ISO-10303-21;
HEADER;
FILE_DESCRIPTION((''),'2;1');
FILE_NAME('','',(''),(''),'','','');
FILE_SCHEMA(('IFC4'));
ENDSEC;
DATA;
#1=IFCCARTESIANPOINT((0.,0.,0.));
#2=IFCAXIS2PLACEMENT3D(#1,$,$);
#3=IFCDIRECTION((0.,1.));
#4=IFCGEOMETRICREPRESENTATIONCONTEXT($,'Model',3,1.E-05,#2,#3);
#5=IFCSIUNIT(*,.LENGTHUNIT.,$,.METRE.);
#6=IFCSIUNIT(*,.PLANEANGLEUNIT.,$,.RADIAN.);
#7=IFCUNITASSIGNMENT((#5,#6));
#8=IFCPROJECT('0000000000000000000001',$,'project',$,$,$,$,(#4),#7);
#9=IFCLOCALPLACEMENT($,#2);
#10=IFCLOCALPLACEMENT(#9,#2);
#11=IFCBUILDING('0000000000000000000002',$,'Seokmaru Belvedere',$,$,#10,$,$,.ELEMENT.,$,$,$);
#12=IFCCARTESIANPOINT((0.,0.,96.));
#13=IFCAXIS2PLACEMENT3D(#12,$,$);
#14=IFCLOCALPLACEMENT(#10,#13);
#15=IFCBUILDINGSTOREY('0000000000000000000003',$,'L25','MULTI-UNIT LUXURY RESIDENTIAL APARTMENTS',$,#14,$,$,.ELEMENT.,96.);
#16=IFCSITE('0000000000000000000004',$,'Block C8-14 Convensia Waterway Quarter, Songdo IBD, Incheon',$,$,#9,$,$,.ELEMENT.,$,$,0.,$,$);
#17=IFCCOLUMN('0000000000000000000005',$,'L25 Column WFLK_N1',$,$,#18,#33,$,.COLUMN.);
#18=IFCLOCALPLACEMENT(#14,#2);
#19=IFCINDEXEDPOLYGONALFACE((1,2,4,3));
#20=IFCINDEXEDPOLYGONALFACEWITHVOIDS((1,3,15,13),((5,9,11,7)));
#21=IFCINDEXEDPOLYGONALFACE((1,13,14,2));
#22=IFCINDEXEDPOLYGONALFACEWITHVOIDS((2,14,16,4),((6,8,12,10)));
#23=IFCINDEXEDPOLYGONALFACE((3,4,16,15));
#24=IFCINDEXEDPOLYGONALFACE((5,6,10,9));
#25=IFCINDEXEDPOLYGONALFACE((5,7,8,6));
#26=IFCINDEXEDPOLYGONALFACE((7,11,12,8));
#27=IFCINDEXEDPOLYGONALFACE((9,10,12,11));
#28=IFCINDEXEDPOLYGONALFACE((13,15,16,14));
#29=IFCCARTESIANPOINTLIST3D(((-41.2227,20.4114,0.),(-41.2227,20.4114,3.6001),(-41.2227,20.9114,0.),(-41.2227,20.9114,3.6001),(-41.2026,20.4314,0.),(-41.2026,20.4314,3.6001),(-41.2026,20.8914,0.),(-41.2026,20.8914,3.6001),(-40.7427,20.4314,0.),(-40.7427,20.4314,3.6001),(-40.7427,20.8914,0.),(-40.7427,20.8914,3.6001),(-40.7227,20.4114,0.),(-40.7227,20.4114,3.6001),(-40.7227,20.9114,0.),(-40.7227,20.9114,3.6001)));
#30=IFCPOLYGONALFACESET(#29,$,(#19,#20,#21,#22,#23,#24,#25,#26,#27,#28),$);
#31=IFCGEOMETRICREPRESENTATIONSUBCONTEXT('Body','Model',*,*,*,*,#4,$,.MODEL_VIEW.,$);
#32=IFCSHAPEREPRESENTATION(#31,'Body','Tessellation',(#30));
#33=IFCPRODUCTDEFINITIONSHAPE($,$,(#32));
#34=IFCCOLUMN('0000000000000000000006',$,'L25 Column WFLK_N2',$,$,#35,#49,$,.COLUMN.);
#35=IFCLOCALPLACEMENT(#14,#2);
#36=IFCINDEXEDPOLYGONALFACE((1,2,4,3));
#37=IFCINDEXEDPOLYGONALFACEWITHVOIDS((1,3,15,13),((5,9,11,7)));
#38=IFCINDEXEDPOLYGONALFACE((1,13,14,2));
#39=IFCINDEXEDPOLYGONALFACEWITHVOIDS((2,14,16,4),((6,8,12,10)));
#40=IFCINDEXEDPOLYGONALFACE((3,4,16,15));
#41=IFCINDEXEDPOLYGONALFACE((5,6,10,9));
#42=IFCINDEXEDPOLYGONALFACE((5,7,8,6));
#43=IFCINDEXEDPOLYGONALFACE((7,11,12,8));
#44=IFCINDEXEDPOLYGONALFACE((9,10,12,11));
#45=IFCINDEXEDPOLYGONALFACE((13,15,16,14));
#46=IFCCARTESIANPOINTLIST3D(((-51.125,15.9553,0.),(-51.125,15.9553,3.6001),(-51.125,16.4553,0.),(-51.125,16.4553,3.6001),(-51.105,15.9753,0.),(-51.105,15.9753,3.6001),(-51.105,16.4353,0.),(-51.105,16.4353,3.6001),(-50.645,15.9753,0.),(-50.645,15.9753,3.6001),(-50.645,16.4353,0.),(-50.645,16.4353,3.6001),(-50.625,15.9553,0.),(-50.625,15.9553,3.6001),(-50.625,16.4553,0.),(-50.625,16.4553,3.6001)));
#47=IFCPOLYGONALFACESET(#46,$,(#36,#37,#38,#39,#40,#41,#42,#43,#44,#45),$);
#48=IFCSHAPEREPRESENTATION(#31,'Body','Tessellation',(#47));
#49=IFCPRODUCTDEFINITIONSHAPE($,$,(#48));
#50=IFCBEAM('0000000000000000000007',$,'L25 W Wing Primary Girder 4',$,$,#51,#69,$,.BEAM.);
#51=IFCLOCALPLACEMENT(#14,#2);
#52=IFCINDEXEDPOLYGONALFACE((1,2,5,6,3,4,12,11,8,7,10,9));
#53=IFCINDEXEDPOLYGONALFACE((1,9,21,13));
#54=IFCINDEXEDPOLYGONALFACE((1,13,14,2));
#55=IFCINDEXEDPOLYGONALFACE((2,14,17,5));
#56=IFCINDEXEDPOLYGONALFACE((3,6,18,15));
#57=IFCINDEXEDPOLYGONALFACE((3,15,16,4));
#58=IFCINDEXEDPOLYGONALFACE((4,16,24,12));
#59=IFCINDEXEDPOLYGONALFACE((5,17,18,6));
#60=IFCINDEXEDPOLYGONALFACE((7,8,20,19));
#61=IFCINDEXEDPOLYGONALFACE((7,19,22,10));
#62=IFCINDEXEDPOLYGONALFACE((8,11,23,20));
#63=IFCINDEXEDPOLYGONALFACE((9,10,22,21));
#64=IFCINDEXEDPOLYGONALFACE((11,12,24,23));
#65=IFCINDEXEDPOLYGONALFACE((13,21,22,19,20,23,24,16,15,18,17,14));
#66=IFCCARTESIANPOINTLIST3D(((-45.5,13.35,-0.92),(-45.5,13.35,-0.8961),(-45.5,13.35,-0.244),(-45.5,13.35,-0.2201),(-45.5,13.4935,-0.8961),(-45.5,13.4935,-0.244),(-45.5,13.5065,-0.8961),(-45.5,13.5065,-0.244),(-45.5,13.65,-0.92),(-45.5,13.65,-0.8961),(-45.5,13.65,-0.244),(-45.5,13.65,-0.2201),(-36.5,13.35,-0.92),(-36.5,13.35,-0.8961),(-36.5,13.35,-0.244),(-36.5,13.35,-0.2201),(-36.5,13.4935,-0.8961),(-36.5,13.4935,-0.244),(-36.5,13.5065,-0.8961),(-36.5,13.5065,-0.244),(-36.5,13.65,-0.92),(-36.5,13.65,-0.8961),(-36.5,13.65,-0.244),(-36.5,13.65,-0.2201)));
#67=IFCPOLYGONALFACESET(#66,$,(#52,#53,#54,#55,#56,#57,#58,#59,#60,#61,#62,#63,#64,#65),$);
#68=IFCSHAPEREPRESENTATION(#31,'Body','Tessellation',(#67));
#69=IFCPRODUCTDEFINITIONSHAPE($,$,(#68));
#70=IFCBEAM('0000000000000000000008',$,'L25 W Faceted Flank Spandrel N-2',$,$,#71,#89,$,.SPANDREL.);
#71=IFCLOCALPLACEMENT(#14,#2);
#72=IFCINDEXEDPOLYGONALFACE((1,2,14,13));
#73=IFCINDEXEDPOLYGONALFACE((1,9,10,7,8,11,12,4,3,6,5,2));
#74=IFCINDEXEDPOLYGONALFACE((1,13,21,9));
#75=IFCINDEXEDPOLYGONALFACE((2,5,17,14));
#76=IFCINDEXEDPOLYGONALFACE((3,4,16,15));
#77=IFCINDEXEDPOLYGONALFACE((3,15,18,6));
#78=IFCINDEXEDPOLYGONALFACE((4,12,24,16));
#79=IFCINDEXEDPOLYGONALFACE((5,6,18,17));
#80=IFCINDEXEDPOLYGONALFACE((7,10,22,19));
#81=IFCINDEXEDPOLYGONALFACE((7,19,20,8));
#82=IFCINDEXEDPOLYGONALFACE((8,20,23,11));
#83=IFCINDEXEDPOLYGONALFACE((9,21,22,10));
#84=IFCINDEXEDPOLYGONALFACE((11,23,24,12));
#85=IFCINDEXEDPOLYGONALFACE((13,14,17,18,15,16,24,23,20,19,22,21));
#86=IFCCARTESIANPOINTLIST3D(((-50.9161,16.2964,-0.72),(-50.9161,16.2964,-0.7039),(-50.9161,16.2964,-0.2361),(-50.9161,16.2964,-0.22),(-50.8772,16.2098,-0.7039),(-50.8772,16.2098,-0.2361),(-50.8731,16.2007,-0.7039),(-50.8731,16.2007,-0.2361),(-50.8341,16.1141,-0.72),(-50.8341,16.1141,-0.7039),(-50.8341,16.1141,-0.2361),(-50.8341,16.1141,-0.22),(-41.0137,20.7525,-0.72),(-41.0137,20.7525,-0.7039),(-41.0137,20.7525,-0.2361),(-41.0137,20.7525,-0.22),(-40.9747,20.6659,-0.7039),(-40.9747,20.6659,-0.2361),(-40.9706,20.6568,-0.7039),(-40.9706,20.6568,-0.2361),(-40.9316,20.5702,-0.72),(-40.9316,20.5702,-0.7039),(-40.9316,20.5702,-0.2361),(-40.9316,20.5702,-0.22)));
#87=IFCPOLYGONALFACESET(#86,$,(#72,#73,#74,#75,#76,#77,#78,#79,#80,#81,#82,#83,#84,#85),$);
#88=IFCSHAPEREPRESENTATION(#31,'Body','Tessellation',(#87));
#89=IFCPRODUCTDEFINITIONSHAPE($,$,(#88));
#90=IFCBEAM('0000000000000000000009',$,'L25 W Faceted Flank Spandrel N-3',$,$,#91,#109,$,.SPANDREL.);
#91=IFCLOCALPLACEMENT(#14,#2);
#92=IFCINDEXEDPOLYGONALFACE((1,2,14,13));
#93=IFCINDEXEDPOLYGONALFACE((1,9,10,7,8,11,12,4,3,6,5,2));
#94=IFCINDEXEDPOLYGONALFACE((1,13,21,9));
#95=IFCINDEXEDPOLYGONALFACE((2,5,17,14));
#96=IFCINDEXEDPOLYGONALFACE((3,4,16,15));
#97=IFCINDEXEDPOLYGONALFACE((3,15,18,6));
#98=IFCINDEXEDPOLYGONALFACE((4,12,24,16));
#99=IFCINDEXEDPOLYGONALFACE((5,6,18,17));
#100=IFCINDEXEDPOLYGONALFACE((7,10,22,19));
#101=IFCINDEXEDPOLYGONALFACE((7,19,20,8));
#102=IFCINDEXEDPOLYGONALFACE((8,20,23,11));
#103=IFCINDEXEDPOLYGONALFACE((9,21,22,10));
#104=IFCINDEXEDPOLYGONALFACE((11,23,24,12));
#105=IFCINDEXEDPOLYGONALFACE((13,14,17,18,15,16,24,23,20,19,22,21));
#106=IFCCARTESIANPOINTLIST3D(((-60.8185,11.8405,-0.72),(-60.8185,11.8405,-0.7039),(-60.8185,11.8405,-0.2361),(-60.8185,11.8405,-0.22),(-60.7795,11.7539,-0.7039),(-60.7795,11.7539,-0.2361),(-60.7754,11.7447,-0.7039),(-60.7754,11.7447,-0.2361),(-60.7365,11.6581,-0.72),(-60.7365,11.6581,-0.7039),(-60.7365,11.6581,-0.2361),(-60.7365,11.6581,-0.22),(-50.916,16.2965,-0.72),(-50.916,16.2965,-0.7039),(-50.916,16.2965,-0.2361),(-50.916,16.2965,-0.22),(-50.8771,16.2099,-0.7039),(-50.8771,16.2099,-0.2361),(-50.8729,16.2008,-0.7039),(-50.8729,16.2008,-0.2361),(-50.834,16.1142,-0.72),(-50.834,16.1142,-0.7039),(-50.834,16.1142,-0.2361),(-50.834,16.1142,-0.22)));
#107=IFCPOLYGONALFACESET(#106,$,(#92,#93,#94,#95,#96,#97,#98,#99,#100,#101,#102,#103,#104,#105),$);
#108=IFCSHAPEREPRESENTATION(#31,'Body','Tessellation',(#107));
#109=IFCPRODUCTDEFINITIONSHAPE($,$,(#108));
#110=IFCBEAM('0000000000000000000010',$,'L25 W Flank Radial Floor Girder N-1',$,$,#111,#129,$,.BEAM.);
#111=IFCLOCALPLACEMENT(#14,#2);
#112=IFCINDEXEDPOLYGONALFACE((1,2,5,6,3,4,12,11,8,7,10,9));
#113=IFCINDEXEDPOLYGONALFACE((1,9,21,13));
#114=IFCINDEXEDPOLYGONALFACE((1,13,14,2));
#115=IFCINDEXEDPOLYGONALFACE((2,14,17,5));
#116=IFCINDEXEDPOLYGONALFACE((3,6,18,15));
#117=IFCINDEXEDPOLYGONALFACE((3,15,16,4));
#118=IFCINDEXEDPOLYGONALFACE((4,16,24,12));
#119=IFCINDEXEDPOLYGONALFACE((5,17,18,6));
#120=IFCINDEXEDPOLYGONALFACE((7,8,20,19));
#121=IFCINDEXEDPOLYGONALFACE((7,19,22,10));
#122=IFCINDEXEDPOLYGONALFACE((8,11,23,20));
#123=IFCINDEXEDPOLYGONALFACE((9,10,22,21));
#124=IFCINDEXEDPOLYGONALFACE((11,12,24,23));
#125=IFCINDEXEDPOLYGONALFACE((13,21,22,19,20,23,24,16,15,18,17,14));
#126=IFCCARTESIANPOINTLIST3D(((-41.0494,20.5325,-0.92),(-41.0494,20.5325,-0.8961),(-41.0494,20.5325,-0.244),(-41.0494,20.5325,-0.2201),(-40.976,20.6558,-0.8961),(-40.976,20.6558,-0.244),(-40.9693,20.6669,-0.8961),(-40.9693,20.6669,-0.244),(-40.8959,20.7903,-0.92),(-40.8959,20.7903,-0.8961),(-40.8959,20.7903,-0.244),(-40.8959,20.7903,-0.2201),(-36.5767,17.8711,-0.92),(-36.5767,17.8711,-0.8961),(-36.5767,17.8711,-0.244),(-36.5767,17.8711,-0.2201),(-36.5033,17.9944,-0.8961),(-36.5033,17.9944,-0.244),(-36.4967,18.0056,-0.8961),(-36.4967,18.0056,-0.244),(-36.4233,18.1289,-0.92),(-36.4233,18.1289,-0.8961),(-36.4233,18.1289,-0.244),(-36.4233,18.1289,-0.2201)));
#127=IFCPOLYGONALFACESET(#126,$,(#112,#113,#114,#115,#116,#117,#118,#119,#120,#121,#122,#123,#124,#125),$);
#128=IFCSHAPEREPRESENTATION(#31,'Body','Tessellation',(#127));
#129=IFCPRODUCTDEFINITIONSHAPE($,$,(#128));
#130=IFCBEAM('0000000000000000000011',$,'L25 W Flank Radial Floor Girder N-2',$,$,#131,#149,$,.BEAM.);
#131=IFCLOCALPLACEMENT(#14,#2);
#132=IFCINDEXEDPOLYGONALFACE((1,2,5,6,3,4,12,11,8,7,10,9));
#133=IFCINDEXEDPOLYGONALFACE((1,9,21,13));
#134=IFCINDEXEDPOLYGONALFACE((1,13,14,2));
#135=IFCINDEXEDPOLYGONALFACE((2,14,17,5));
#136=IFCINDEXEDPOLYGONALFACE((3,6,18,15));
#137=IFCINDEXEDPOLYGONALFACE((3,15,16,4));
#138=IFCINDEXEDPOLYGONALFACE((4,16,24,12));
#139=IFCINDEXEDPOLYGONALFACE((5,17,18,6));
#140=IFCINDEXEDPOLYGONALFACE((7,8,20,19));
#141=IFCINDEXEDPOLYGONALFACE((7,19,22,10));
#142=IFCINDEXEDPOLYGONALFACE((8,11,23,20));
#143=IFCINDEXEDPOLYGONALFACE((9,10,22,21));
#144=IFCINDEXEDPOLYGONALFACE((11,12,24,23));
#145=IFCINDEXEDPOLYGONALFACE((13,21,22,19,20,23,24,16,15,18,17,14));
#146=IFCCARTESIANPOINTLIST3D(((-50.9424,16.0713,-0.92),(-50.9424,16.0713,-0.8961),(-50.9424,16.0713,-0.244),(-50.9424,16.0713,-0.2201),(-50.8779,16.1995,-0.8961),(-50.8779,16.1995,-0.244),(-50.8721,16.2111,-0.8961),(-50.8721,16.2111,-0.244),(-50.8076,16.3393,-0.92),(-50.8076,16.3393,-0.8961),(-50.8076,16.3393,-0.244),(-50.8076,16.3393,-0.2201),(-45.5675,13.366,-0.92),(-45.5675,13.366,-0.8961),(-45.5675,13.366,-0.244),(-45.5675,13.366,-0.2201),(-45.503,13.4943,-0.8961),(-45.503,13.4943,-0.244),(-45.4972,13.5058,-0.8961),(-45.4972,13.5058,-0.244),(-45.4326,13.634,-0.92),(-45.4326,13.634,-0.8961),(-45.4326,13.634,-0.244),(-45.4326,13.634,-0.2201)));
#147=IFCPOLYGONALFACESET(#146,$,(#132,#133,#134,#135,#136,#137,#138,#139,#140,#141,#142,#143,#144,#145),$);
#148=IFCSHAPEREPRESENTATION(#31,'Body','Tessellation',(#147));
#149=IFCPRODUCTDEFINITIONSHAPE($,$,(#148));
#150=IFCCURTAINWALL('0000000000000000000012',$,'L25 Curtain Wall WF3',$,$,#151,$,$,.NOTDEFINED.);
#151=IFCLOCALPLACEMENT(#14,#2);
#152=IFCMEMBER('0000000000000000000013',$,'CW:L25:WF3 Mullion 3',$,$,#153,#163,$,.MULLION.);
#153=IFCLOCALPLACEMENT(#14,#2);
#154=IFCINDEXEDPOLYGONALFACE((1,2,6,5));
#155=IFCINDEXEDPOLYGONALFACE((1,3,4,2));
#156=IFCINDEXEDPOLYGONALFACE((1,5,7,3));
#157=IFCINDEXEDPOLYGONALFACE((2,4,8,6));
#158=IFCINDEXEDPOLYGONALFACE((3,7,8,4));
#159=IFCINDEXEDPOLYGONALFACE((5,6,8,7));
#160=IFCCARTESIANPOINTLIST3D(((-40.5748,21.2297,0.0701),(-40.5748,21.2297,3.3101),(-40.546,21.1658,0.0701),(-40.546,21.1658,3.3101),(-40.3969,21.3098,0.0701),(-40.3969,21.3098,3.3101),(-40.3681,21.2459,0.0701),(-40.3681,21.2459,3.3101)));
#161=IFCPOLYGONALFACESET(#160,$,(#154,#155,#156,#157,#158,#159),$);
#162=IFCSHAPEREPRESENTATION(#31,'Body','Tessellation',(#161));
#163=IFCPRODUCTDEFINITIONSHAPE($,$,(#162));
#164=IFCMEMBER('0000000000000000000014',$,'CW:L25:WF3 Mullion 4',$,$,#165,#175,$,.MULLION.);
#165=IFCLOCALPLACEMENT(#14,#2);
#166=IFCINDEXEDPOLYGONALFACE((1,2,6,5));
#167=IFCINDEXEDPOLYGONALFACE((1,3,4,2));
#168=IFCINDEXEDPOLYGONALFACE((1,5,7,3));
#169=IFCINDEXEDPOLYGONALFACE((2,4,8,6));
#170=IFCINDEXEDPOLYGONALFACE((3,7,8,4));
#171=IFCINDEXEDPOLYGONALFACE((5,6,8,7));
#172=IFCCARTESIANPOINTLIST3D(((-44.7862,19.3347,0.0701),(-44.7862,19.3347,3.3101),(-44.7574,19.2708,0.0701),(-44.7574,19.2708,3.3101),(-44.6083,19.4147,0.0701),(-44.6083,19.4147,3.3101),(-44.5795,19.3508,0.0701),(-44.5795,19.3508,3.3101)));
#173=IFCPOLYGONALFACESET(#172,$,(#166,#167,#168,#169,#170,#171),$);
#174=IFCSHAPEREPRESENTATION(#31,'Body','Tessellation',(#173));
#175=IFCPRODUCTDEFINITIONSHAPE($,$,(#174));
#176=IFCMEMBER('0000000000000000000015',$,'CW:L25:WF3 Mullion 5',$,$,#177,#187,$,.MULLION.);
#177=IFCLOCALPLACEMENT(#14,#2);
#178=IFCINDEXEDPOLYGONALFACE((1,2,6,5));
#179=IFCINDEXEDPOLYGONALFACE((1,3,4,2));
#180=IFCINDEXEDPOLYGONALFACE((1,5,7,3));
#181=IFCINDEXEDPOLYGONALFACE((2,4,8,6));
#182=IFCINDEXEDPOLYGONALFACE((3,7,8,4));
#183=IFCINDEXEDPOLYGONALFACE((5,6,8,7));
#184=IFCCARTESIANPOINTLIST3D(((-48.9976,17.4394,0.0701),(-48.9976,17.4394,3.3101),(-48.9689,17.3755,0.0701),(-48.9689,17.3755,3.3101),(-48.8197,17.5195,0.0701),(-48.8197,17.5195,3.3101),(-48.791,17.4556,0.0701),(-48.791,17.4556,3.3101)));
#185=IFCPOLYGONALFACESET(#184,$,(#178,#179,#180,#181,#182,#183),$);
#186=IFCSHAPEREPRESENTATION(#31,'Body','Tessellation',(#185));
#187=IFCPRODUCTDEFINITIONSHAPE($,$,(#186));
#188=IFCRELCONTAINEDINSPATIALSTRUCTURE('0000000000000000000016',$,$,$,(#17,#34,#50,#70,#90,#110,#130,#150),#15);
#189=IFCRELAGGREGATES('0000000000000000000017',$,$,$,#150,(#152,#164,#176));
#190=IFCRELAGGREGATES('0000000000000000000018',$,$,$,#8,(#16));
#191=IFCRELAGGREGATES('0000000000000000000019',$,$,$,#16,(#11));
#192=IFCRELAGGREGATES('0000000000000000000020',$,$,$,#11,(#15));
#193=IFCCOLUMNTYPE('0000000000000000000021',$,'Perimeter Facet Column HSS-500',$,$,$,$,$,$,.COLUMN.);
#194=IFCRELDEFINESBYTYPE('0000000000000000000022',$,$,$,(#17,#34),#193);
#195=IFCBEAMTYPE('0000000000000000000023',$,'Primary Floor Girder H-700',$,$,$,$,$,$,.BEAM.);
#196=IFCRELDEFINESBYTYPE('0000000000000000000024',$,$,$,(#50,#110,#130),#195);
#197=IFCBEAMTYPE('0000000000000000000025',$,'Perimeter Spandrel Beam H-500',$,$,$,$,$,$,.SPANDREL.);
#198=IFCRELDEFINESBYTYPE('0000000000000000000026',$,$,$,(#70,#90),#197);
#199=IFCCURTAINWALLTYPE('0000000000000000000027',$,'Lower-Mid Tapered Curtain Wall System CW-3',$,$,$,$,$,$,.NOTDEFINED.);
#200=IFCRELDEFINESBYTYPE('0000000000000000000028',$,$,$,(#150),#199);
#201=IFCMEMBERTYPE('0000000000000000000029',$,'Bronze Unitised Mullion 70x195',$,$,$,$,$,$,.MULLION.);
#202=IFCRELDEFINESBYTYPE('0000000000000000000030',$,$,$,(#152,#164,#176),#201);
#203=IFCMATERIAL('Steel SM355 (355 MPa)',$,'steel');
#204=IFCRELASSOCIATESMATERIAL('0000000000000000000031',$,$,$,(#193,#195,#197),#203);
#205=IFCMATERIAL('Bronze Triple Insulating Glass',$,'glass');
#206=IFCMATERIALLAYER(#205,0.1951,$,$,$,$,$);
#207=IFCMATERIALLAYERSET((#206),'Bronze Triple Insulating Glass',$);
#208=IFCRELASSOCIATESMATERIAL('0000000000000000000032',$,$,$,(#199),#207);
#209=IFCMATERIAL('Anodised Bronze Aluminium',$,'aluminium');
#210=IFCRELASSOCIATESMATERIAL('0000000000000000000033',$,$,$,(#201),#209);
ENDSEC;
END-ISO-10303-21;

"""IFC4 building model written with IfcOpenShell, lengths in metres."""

from ifc_helpers import new_model, si_unit, direction, frame, origin, origin_2d, place, context, subcontext, project, spatial, rectangle, hollow_rectangle, i_section, extrude, source, transform, mapped, material, layer, layer_set, material_profile, profile_set, type_object, type_shapes, element, aggregate, save


model = new_model("IFC4")

# Units and contexts
model_context = context("Model", 3, precision=1e-05, world=origin(), true_north=direction((0.0, 1.0)))
body_context = subcontext(model_context, "Body", "Model", "MODEL_VIEW")
ifc_project = project(units=[si_unit("LENGTHUNIT", "METRE"), si_unit("PLANEANGLEUNIT", "RADIAN")], contexts=[model_context])

# Site, building, storey
site_placement = place(None, origin())
site = spatial("IfcSite", under=ifc_project, at=site_placement, Name="Block C8-14 Convensia Waterway Quarter, Songdo IBD, Incheon", CompositionType="ELEMENT", RefElevation=0.0)
building_placement = place(site_placement, origin())
building = spatial("IfcBuilding", under=site, at=building_placement, Name="Seokmaru Belvedere", CompositionType="ELEMENT")
storey_placement = place(building_placement, frame((0.0, 0.0, 96.0)))
storey = spatial("IfcBuildingStorey", under=building, at=storey_placement, Name="L25", Description="MULTI-UNIT LUXURY RESIDENTIAL APARTMENTS", CompositionType="ELEMENT", Elevation=96.0)

# Columns
ifc_material_1 = material(Name="Steel SM355 (355 MPa)", Category="steel")
ifc_material_profile_1 = material_profile(ifc_material_1, hollow_rectangle(XDim=0.5, YDim=0.5, WallThickness=0.02, at=origin_2d()), Name="HSS-500x500x20")
ifc_profile_set_1 = profile_set([ifc_material_profile_1], Name="Steel SM355 (355 MPa)")
column_type = type_object("IfcColumnType", Name="Perimeter Facet Column HSS-500", PredefinedType="COLUMN", material=ifc_profile_set_1)
shared_shape_1 = source(origin(), body_context, "Body", "SweptSolid", [
    extrude(hollow_rectangle(XDim=0.5, YDim=0.5, WallThickness=0.02, at=origin_2d()), origin(), (0.0, 0.0, 1.0), 3.6001),
])
type_shapes(column_type, [shared_shape_1])
for number, where, z_axis, x_axis, name in (
    (1, (-40.9727, 20.6614, 0.0), (0.0, 0.0, 1.0), (1.0, 0.0, 0.0), "L25 Column WFLK_N1"),
    (2, (-50.875, 16.2053, 0.0), (0.0, 0.0, 1.0), (1.0, 0.0, 0.0), "L25 Column WFLK_N2"),
):
    element("IfcColumn", number, at=place(storey_placement, frame(where, z_axis=z_axis, x_axis=x_axis)), inside=storey, type_object=column_type, Name=name, PredefinedType="COLUMN", context=body_context, shape_type="MappedRepresentation", body=[
        mapped(shared_shape_1, transform((0.0, 0.0, 0.0), scale=1.0)),
    ])

# Beams
ifc_material_profile_2 = material_profile(ifc_material_1, i_section(OverallWidth=0.3, OverallDepth=0.7, WebThickness=0.0129, FlangeThickness=0.0239, at=origin_2d()), Name="H-700x300x13x24")
ifc_profile_set_2 = profile_set([ifc_material_profile_2], Name="Steel SM355 (355 MPa)")
beam_type_1 = type_object("IfcBeamType", Name="Primary Floor Girder H-700", PredefinedType="BEAM", material=ifc_profile_set_2)
shared_shape_2 = source(origin(), body_context, "Body", "SweptSolid", [
    extrude(i_section(OverallWidth=0.3, OverallDepth=0.7, WebThickness=0.0129, FlangeThickness=0.0239, at=origin_2d()), origin(), (0.0, 0.0, 1.0), 9.0),
])
beam_1_placement = place(storey_placement, frame((-45.5, 13.5, -0.5701), z_axis=(1.0, 0.0, 0.0), x_axis=(0.0, 1.0, 0.0)))
element("IfcBeam", 3, at=beam_1_placement, inside=storey, type_object=beam_type_1, Name="L25 W Wing Primary Girder 4", PredefinedType="BEAM", context=body_context, shape_type="MappedRepresentation", body=[
    mapped(shared_shape_2, transform((0.0, 0.0, 0.0), scale=1.0)),
])
ifc_material_profile_3 = material_profile(ifc_material_1, i_section(OverallWidth=0.2, OverallDepth=0.5, WebThickness=0.01, FlangeThickness=0.0161, at=origin_2d()), Name="H-500x200x10x16")
ifc_profile_set_3 = profile_set([ifc_material_profile_3], Name="Steel SM355 (355 MPa)")
beam_type_2 = type_object("IfcBeamType", Name="Perimeter Spandrel Beam H-500", PredefinedType="SPANDREL", material=ifc_profile_set_3)
shared_shape_3 = source(origin(), body_context, "Body", "SweptSolid", [
    extrude(i_section(OverallWidth=0.2, OverallDepth=0.5, WebThickness=0.01, FlangeThickness=0.0161, at=origin_2d()), origin(), (0.0, 0.0, 1.0), 10.8589),
])
type_shapes(beam_type_2, [shared_shape_3])
for number, where, z_axis, x_axis, name in (
    (4, (-40.9727, 20.6614, -0.47), (-0.911922, -0.410365, 0.0), (0.410365, -0.911922, 0.0), "L25 W Faceted Flank Spandrel N-2"),
    (5, (-50.875, 16.2053, -0.47), (-0.911925, -0.410356, 0.0), (0.410356, -0.911925, 0.0), "L25 W Faceted Flank Spandrel N-3"),
):
    element("IfcBeam", number, at=place(storey_placement, frame(where, z_axis=z_axis, x_axis=x_axis)), inside=storey, type_object=beam_type_2, Name=name, PredefinedType="SPANDREL", context=body_context, shape_type="MappedRepresentation", body=[
        mapped(shared_shape_3, transform((0.0, 0.0, 0.0), scale=1.0)),
    ])
shared_shape_4 = source(origin(), body_context, "Body", "SweptSolid", [
    extrude(i_section(OverallWidth=0.3, OverallDepth=0.7, WebThickness=0.0129, FlangeThickness=0.0239, at=origin_2d()), origin(), (0.0, 0.0, 1.0), 5.2046),
])
beam_2_placement = place(storey_placement, frame((-40.9727, 20.6614, -0.5701), z_axis=(0.85937, -0.511354, 0.0), x_axis=(0.511354, 0.85937, 0.0)))
element("IfcBeam", 6, at=beam_2_placement, inside=storey, type_object=beam_type_1, Name="L25 W Flank Radial Floor Girder N-1", PredefinedType="BEAM", context=body_context, shape_type="MappedRepresentation", body=[
    mapped(shared_shape_4, transform((0.0, 0.0, 0.0), scale=1.0)),
])
shared_shape_5 = source(origin(), body_context, "Body", "SweptSolid", [
    extrude(i_section(OverallWidth=0.3, OverallDepth=0.7, WebThickness=0.0129, FlangeThickness=0.0239, at=origin_2d()), origin(), (0.0, 0.0, 1.0), 6.0173),
])
type_shapes(beam_type_1, [shared_shape_2, shared_shape_4, shared_shape_5])
beam_3_placement = place(storey_placement, frame((-50.875, 16.2053, -0.5701), z_axis=(0.893239, -0.449581, 0.0), x_axis=(0.449581, 0.893239, 0.0)))
element("IfcBeam", 7, at=beam_3_placement, inside=storey, type_object=beam_type_1, Name="L25 W Flank Radial Floor Girder N-2", PredefinedType="BEAM", context=body_context, shape_type="MappedRepresentation", body=[
    mapped(shared_shape_5, transform((0.0, 0.0, 0.0), scale=1.0)),
])

# Curtain wall, members
ifc_material_2 = material(Name="Bronze Triple Insulating Glass", Category="glass")
ifc_layer_1 = layer(ifc_material_2, 0.1951)
ifc_layer_set_1 = layer_set([ifc_layer_1], Name="Bronze Triple Insulating Glass")
curtain_wall_type = type_object("IfcCurtainWallType", Name="Lower-Mid Tapered Curtain Wall System CW-3", PredefinedType="NOTDEFINED", material=ifc_layer_set_1)
curtain_wall_placement = place(storey_placement, origin())
curtain_wall = element("IfcCurtainWall", 8, at=curtain_wall_placement, inside=storey, type_object=curtain_wall_type, Name="L25 Curtain Wall WF3", PredefinedType="NOTDEFINED")
ifc_material_3 = material(Name="Anodised Bronze Aluminium", Category="aluminium")
ifc_material_profile_4 = material_profile(ifc_material_3, rectangle(XDim=0.0701, YDim=0.1951, at=origin_2d()), Name="CW-M-70x195")
ifc_profile_set_4 = profile_set([ifc_material_profile_4], Name="Anodised Bronze Aluminium")
member_type = type_object("IfcMemberType", Name="Bronze Unitised Mullion 70x195", PredefinedType="MULLION", material=ifc_profile_set_4)
shared_shape_6 = source(origin(), body_context, "Body", "SweptSolid", [
    extrude(rectangle(XDim=0.0701, YDim=0.1951, at=origin_2d()), origin(), (0.0, 0.0, 1.0), 3.24),
])
type_shapes(member_type, [shared_shape_6])
member_1_placement = place(storey_placement, frame((-40.4714, 21.2378, 0.0701), z_axis=(0.0, 0.0, 1.0), x_axis=(0.410366, -0.911921, 0.0)))
member_1 = element("IfcMember", 9, at=member_1_placement, type_object=member_type, Name="CW:L25:WF3 Mullion 3", PredefinedType="MULLION", context=body_context, shape_type="MappedRepresentation", body=[
    mapped(shared_shape_6, transform((0.0, 0.0, 0.0), scale=1.0)),
])
member_2_placement = place(storey_placement, frame((-44.6829, 19.3428, 0.0701), z_axis=(0.0, 0.0, 1.0), x_axis=(0.410366, -0.911921, 0.0)))
member_2 = element("IfcMember", 10, at=member_2_placement, type_object=member_type, Name="CW:L25:WF3 Mullion 4", PredefinedType="MULLION", context=body_context, shape_type="MappedRepresentation", body=[
    mapped(shared_shape_6, transform((0.0, 0.0, 0.0), scale=1.0)),
])
member_3_placement = place(storey_placement, frame((-48.8943, 17.4475, 0.0701), z_axis=(0.0, 0.0, 1.0), x_axis=(0.410366, -0.911921, 0.0)))
member_3 = element("IfcMember", 11, at=member_3_placement, type_object=member_type, Name="CW:L25:WF3 Mullion 5", PredefinedType="MULLION", context=body_context, shape_type="MappedRepresentation", body=[
    mapped(shared_shape_6, transform((0.0, 0.0, 0.0), scale=1.0)),
])
aggregate(curtain_wall, [member_1, member_2, member_3])

save(model, "model.ifc")
